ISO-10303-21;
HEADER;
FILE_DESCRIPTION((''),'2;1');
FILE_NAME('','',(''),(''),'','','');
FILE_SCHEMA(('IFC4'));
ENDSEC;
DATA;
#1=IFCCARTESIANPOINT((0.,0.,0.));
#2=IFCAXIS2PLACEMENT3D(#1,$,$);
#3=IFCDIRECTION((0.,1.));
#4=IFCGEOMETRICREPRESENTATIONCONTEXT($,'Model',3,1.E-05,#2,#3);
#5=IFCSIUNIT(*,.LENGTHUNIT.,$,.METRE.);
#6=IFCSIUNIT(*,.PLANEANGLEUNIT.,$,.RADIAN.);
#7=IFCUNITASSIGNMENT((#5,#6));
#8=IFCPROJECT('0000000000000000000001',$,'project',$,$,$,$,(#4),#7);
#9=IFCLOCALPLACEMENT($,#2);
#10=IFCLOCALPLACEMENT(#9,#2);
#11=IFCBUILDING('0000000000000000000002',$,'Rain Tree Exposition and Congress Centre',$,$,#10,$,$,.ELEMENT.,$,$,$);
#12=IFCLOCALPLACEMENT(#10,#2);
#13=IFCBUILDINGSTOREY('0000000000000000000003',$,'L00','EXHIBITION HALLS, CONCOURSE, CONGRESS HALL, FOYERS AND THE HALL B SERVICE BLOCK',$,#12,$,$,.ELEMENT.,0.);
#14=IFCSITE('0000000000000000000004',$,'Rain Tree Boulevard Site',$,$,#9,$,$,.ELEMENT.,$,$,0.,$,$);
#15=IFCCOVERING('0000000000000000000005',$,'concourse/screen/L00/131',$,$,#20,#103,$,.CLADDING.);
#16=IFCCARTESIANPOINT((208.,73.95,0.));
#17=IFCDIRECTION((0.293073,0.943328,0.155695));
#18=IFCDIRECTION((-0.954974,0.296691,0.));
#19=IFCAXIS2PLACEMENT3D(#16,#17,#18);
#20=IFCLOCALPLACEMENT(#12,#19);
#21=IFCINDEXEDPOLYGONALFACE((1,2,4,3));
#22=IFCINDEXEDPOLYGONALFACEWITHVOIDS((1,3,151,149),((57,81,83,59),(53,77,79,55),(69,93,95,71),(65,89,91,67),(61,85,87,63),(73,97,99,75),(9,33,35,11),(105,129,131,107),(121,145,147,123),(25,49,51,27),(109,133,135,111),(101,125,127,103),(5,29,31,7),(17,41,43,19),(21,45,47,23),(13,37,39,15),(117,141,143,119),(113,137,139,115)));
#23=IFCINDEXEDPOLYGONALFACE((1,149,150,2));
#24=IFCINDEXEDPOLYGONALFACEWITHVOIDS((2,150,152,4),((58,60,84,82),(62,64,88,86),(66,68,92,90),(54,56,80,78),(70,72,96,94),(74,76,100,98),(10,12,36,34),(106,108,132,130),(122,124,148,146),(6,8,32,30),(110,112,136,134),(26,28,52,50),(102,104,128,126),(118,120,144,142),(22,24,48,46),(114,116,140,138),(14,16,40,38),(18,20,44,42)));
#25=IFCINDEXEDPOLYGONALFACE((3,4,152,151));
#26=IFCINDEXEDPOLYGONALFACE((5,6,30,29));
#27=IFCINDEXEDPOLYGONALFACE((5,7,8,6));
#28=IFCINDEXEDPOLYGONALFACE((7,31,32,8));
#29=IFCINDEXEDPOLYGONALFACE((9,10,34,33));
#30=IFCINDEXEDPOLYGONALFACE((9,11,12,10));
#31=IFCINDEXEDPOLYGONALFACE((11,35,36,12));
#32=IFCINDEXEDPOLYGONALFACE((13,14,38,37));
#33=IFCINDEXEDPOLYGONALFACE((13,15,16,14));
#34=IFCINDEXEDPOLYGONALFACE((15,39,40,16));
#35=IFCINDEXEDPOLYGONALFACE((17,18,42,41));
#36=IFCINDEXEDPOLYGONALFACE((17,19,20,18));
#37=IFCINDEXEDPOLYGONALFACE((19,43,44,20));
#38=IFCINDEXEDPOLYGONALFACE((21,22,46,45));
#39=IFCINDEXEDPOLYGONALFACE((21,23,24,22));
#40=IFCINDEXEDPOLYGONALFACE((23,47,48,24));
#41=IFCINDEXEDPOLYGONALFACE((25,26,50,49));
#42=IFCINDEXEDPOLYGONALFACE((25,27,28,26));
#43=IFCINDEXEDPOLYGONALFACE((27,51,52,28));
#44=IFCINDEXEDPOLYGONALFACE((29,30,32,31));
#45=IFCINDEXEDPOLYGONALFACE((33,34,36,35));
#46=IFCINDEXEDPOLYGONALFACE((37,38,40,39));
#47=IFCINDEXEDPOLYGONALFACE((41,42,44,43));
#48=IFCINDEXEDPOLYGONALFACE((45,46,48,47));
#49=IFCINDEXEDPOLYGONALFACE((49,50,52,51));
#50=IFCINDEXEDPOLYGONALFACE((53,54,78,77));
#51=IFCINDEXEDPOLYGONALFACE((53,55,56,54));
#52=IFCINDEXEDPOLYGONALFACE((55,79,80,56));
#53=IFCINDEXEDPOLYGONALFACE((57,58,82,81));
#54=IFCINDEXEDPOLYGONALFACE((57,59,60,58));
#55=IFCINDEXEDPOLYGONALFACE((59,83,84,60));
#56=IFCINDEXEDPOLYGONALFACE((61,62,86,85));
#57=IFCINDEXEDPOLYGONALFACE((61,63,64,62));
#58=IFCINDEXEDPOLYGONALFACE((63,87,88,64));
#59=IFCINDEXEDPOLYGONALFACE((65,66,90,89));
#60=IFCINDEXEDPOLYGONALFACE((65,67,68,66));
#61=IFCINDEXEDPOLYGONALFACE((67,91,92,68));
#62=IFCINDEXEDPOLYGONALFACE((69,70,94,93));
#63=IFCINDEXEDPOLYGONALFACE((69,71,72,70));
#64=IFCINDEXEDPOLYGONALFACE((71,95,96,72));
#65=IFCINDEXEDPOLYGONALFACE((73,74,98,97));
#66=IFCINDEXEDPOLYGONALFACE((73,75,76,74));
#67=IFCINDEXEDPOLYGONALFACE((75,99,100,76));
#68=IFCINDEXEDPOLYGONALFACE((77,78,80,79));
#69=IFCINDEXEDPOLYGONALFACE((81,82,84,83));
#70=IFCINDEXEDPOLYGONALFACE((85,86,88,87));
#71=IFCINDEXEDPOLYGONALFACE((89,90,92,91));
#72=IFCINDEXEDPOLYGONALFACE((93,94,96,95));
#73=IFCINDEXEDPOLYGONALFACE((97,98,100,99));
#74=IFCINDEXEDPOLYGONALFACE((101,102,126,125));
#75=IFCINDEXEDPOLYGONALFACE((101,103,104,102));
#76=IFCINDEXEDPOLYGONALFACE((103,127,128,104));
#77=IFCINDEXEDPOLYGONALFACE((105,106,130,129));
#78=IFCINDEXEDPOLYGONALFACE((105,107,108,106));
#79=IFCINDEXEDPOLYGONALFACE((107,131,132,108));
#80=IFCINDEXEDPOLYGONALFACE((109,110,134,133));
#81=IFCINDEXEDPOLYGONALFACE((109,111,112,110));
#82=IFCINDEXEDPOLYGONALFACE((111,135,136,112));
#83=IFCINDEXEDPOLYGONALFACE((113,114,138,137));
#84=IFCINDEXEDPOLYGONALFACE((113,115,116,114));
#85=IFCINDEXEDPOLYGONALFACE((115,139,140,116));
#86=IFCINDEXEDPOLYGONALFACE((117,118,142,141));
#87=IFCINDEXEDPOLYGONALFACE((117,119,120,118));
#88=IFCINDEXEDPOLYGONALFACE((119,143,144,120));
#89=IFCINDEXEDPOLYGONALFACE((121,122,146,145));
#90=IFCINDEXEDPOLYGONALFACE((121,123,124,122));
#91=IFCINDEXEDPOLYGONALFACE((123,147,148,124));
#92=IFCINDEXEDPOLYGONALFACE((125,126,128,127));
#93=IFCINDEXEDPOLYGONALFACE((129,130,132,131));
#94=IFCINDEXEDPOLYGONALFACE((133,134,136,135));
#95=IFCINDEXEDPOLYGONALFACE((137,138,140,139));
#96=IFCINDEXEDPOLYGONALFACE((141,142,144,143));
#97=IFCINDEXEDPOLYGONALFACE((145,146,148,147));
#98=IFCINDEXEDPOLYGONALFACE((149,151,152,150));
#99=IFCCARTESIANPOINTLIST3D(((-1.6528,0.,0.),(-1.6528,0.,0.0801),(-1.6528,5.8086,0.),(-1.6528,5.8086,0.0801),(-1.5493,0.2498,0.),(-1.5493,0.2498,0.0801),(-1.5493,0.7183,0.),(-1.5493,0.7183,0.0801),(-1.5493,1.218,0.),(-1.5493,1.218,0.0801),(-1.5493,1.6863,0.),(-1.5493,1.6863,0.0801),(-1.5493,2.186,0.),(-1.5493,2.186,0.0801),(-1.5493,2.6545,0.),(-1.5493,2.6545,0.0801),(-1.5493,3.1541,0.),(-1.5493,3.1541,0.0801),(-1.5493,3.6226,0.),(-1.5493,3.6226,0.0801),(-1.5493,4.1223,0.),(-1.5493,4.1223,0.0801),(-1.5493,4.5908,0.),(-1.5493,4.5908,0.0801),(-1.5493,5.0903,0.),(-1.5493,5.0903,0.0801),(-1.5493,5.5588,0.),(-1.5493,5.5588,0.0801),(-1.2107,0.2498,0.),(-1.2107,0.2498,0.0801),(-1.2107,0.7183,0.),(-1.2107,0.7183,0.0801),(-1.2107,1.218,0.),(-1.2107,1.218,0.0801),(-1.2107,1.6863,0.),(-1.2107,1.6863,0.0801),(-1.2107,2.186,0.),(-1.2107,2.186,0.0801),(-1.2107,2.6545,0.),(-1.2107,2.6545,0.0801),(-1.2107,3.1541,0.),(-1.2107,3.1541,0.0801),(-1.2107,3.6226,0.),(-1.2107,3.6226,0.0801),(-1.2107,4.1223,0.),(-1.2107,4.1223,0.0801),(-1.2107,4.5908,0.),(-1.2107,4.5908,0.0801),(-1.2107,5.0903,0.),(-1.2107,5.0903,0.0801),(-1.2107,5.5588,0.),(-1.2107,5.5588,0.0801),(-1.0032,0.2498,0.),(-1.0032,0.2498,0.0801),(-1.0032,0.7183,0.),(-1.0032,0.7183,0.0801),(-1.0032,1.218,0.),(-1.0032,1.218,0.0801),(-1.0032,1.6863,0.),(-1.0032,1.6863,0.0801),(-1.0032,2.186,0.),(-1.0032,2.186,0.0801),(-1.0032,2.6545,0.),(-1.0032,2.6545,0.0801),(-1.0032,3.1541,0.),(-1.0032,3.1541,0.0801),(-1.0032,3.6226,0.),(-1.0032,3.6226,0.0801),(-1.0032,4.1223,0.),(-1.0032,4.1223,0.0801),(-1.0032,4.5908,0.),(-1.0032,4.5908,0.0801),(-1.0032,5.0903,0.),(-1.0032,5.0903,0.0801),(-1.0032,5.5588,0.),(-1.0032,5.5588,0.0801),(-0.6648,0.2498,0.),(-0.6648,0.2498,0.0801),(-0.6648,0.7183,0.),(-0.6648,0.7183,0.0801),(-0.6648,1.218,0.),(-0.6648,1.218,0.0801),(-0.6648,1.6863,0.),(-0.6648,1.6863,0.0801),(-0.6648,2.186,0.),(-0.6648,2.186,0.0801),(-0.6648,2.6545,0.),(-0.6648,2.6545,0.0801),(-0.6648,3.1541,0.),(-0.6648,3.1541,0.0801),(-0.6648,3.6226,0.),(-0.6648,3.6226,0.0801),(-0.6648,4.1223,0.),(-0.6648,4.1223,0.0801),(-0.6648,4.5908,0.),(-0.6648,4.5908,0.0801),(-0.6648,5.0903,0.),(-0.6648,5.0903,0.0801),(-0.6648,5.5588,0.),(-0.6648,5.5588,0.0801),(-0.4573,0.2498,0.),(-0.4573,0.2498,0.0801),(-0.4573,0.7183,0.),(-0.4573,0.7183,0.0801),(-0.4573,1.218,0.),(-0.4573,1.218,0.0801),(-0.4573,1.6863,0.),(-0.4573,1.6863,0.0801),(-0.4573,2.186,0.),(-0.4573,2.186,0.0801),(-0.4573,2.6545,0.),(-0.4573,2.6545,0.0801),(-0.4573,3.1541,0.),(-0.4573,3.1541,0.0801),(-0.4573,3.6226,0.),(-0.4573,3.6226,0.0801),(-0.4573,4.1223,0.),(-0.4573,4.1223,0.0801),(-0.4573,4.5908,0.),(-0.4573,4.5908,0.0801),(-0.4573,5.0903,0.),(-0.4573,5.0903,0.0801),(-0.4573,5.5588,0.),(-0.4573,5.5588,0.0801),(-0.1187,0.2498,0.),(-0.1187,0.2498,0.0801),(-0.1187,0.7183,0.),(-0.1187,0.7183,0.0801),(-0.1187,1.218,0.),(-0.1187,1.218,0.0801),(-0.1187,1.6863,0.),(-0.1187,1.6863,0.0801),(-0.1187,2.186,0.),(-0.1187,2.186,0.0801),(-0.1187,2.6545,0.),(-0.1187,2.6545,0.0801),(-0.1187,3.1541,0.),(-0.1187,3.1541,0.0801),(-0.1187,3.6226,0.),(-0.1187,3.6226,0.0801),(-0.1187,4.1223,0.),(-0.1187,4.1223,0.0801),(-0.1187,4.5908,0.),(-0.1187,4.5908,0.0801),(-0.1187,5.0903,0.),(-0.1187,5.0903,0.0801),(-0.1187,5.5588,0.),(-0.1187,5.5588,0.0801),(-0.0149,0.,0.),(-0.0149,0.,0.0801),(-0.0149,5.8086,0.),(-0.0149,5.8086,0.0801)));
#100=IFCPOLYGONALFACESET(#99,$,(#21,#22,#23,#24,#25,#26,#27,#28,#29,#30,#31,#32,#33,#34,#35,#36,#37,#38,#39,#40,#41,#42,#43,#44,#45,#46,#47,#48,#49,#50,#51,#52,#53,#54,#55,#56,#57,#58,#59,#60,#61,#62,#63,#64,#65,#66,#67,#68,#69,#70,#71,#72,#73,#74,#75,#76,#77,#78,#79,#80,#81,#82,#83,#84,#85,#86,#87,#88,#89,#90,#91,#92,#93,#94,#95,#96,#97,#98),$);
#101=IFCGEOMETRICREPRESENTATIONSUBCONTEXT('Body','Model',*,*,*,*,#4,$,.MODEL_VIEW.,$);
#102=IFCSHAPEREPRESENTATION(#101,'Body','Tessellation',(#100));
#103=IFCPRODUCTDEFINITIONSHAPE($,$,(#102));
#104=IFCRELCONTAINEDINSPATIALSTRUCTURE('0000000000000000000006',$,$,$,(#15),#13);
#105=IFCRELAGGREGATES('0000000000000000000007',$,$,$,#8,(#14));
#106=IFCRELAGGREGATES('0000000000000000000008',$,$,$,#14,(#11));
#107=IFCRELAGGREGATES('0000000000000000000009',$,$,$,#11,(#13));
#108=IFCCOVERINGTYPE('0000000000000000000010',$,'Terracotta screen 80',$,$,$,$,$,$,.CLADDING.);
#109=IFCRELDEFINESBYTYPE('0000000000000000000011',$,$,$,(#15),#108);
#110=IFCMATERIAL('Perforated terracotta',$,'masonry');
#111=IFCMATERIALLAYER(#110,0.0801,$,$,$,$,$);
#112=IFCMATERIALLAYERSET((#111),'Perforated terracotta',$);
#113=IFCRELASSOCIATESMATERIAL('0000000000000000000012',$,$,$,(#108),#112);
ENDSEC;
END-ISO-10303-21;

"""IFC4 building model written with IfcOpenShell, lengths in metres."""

from ifc_helpers import new_model, si_unit, direction, frame, origin, place, context, subcontext, project, spatial, polyline, outline, extrude, material, layer, layer_set, type_object, element, save


model = new_model("IFC4")

# Units and contexts
model_context = context("Model", 3, precision=1e-05, world=origin(), true_north=direction((0.0, 1.0)))
body_context = subcontext(model_context, "Body", "Model", "MODEL_VIEW")
ifc_project = project(units=[si_unit("LENGTHUNIT", "METRE"), si_unit("PLANEANGLEUNIT", "RADIAN")], contexts=[model_context])

# Site, building, storey
site_placement = place(None, origin())
site = spatial("IfcSite", under=ifc_project, at=site_placement, Name="Rain Tree Boulevard Site", CompositionType="ELEMENT", RefElevation=0.0)
building_placement = place(site_placement, origin())
building = spatial("IfcBuilding", under=site, at=building_placement, Name="Rain Tree Exposition and Congress Centre", CompositionType="ELEMENT")
storey_placement = place(building_placement, origin())
storey = spatial("IfcBuildingStorey", under=building, at=storey_placement, Name="L00", Description="EXHIBITION HALLS, CONCOURSE, CONGRESS HALL, FOYERS AND THE HALL B SERVICE BLOCK", CompositionType="ELEMENT", Elevation=0.0)

# Covering
ifc_material_1 = material(Name="Perforated terracotta", Category="masonry")
ifc_layer_1 = layer(ifc_material_1, 0.0801)
ifc_layer_set_1 = layer_set([ifc_layer_1], Name="Perforated terracotta")
covering_type = type_object("IfcCoveringType", Name="Terracotta screen 80", PredefinedType="CLADDING", material=ifc_layer_set_1)
covering_1_placement = place(storey_placement, frame((208.0, 73.95, 0.0), z_axis=(0.293073, 0.943328, 0.155695), x_axis=(-0.954974, 0.296691, 0.0)))
element("IfcCovering", 1, at=covering_1_placement, inside=storey, type_object=covering_type, Name="concourse/screen/L00/131", PredefinedType="CLADDING", context=body_context, shape_type="SweptSolid", body=[
    extrude(outline(polyline([(-0.0149, 0.0), (-1.6528, 0.0), (-1.6528, 5.8086), (-0.0149, 5.8086), (-0.0149, 0.0)]), holes=[polyline([(-0.1187, 0.2498), (-0.1187, 0.7183), (-0.4573, 0.7183), (-0.4573, 0.2498), (-0.1187, 0.2498)]), polyline([(-0.1187, 1.218), (-0.1187, 1.6863), (-0.4573, 1.6863), (-0.4573, 1.218), (-0.1187, 1.218)]), polyline([(-0.1187, 2.186), (-0.1187, 2.6545), (-0.4573, 2.6545), (-0.4573, 2.186), (-0.1187, 2.186)]), polyline([(-0.1187, 3.1541), (-0.1187, 3.6226), (-0.4573, 3.6226), (-0.4573, 3.1541), (-0.1187, 3.1541)]), polyline([(-0.1187, 4.1223), (-0.1187, 4.5908), (-0.4573, 4.5908), (-0.4573, 4.1223), (-0.1187, 4.1223)]), polyline([(-0.1187, 5.0903), (-0.1187, 5.5588), (-0.4573, 5.5588), (-0.4573, 5.0903), (-0.1187, 5.0903)]), polyline([(-0.6648, 0.2498), (-0.6648, 0.7183), (-1.0032, 0.7183), (-1.0032, 0.2498), (-0.6648, 0.2498)]), polyline([(-0.6648, 1.218), (-0.6648, 1.6863), (-1.0032, 1.6863), (-1.0032, 1.218), (-0.6648, 1.218)]), polyline([(-0.6648, 2.186), (-0.6648, 2.6545), (-1.0032, 2.6545), (-1.0032, 2.186), (-0.6648, 2.186)]), polyline([(-0.6648, 3.1541), (-0.6648, 3.6226), (-1.0032, 3.6226), (-1.0032, 3.1541), (-0.6648, 3.1541)]), polyline([(-0.6648, 4.1223), (-0.6648, 4.5908), (-1.0032, 4.5908), (-1.0032, 4.1223), (-0.6648, 4.1223)]), polyline([(-0.6648, 5.0903), (-0.6648, 5.5588), (-1.0032, 5.5588), (-1.0032, 5.0903), (-0.6648, 5.0903)]), polyline([(-1.2107, 0.2498), (-1.2107, 0.7183), (-1.5493, 0.7183), (-1.5493, 0.2498), (-1.2107, 0.2498)]), polyline([(-1.2107, 1.218), (-1.2107, 1.6863), (-1.5493, 1.6863), (-1.5493, 1.218), (-1.2107, 1.218)]), polyline([(-1.2107, 2.186), (-1.2107, 2.6545), (-1.5493, 2.6545), (-1.5493, 2.186), (-1.2107, 2.186)]), polyline([(-1.2107, 3.1541), (-1.2107, 3.6226), (-1.5493, 3.6226), (-1.5493, 3.1541), (-1.2107, 3.1541)]), polyline([(-1.2107, 4.1223), (-1.2107, 4.5908), (-1.5493, 4.5908), (-1.5493, 4.1223), (-1.2107, 4.1223)]), polyline([(-1.2107, 5.0903), (-1.2107, 5.5588), (-1.5493, 5.5588), (-1.5493, 5.0903), (-1.2107, 5.0903)])]), origin(), (0.0, 0.0, 1.0), 0.0801),
])

save(model, "model.ifc")
